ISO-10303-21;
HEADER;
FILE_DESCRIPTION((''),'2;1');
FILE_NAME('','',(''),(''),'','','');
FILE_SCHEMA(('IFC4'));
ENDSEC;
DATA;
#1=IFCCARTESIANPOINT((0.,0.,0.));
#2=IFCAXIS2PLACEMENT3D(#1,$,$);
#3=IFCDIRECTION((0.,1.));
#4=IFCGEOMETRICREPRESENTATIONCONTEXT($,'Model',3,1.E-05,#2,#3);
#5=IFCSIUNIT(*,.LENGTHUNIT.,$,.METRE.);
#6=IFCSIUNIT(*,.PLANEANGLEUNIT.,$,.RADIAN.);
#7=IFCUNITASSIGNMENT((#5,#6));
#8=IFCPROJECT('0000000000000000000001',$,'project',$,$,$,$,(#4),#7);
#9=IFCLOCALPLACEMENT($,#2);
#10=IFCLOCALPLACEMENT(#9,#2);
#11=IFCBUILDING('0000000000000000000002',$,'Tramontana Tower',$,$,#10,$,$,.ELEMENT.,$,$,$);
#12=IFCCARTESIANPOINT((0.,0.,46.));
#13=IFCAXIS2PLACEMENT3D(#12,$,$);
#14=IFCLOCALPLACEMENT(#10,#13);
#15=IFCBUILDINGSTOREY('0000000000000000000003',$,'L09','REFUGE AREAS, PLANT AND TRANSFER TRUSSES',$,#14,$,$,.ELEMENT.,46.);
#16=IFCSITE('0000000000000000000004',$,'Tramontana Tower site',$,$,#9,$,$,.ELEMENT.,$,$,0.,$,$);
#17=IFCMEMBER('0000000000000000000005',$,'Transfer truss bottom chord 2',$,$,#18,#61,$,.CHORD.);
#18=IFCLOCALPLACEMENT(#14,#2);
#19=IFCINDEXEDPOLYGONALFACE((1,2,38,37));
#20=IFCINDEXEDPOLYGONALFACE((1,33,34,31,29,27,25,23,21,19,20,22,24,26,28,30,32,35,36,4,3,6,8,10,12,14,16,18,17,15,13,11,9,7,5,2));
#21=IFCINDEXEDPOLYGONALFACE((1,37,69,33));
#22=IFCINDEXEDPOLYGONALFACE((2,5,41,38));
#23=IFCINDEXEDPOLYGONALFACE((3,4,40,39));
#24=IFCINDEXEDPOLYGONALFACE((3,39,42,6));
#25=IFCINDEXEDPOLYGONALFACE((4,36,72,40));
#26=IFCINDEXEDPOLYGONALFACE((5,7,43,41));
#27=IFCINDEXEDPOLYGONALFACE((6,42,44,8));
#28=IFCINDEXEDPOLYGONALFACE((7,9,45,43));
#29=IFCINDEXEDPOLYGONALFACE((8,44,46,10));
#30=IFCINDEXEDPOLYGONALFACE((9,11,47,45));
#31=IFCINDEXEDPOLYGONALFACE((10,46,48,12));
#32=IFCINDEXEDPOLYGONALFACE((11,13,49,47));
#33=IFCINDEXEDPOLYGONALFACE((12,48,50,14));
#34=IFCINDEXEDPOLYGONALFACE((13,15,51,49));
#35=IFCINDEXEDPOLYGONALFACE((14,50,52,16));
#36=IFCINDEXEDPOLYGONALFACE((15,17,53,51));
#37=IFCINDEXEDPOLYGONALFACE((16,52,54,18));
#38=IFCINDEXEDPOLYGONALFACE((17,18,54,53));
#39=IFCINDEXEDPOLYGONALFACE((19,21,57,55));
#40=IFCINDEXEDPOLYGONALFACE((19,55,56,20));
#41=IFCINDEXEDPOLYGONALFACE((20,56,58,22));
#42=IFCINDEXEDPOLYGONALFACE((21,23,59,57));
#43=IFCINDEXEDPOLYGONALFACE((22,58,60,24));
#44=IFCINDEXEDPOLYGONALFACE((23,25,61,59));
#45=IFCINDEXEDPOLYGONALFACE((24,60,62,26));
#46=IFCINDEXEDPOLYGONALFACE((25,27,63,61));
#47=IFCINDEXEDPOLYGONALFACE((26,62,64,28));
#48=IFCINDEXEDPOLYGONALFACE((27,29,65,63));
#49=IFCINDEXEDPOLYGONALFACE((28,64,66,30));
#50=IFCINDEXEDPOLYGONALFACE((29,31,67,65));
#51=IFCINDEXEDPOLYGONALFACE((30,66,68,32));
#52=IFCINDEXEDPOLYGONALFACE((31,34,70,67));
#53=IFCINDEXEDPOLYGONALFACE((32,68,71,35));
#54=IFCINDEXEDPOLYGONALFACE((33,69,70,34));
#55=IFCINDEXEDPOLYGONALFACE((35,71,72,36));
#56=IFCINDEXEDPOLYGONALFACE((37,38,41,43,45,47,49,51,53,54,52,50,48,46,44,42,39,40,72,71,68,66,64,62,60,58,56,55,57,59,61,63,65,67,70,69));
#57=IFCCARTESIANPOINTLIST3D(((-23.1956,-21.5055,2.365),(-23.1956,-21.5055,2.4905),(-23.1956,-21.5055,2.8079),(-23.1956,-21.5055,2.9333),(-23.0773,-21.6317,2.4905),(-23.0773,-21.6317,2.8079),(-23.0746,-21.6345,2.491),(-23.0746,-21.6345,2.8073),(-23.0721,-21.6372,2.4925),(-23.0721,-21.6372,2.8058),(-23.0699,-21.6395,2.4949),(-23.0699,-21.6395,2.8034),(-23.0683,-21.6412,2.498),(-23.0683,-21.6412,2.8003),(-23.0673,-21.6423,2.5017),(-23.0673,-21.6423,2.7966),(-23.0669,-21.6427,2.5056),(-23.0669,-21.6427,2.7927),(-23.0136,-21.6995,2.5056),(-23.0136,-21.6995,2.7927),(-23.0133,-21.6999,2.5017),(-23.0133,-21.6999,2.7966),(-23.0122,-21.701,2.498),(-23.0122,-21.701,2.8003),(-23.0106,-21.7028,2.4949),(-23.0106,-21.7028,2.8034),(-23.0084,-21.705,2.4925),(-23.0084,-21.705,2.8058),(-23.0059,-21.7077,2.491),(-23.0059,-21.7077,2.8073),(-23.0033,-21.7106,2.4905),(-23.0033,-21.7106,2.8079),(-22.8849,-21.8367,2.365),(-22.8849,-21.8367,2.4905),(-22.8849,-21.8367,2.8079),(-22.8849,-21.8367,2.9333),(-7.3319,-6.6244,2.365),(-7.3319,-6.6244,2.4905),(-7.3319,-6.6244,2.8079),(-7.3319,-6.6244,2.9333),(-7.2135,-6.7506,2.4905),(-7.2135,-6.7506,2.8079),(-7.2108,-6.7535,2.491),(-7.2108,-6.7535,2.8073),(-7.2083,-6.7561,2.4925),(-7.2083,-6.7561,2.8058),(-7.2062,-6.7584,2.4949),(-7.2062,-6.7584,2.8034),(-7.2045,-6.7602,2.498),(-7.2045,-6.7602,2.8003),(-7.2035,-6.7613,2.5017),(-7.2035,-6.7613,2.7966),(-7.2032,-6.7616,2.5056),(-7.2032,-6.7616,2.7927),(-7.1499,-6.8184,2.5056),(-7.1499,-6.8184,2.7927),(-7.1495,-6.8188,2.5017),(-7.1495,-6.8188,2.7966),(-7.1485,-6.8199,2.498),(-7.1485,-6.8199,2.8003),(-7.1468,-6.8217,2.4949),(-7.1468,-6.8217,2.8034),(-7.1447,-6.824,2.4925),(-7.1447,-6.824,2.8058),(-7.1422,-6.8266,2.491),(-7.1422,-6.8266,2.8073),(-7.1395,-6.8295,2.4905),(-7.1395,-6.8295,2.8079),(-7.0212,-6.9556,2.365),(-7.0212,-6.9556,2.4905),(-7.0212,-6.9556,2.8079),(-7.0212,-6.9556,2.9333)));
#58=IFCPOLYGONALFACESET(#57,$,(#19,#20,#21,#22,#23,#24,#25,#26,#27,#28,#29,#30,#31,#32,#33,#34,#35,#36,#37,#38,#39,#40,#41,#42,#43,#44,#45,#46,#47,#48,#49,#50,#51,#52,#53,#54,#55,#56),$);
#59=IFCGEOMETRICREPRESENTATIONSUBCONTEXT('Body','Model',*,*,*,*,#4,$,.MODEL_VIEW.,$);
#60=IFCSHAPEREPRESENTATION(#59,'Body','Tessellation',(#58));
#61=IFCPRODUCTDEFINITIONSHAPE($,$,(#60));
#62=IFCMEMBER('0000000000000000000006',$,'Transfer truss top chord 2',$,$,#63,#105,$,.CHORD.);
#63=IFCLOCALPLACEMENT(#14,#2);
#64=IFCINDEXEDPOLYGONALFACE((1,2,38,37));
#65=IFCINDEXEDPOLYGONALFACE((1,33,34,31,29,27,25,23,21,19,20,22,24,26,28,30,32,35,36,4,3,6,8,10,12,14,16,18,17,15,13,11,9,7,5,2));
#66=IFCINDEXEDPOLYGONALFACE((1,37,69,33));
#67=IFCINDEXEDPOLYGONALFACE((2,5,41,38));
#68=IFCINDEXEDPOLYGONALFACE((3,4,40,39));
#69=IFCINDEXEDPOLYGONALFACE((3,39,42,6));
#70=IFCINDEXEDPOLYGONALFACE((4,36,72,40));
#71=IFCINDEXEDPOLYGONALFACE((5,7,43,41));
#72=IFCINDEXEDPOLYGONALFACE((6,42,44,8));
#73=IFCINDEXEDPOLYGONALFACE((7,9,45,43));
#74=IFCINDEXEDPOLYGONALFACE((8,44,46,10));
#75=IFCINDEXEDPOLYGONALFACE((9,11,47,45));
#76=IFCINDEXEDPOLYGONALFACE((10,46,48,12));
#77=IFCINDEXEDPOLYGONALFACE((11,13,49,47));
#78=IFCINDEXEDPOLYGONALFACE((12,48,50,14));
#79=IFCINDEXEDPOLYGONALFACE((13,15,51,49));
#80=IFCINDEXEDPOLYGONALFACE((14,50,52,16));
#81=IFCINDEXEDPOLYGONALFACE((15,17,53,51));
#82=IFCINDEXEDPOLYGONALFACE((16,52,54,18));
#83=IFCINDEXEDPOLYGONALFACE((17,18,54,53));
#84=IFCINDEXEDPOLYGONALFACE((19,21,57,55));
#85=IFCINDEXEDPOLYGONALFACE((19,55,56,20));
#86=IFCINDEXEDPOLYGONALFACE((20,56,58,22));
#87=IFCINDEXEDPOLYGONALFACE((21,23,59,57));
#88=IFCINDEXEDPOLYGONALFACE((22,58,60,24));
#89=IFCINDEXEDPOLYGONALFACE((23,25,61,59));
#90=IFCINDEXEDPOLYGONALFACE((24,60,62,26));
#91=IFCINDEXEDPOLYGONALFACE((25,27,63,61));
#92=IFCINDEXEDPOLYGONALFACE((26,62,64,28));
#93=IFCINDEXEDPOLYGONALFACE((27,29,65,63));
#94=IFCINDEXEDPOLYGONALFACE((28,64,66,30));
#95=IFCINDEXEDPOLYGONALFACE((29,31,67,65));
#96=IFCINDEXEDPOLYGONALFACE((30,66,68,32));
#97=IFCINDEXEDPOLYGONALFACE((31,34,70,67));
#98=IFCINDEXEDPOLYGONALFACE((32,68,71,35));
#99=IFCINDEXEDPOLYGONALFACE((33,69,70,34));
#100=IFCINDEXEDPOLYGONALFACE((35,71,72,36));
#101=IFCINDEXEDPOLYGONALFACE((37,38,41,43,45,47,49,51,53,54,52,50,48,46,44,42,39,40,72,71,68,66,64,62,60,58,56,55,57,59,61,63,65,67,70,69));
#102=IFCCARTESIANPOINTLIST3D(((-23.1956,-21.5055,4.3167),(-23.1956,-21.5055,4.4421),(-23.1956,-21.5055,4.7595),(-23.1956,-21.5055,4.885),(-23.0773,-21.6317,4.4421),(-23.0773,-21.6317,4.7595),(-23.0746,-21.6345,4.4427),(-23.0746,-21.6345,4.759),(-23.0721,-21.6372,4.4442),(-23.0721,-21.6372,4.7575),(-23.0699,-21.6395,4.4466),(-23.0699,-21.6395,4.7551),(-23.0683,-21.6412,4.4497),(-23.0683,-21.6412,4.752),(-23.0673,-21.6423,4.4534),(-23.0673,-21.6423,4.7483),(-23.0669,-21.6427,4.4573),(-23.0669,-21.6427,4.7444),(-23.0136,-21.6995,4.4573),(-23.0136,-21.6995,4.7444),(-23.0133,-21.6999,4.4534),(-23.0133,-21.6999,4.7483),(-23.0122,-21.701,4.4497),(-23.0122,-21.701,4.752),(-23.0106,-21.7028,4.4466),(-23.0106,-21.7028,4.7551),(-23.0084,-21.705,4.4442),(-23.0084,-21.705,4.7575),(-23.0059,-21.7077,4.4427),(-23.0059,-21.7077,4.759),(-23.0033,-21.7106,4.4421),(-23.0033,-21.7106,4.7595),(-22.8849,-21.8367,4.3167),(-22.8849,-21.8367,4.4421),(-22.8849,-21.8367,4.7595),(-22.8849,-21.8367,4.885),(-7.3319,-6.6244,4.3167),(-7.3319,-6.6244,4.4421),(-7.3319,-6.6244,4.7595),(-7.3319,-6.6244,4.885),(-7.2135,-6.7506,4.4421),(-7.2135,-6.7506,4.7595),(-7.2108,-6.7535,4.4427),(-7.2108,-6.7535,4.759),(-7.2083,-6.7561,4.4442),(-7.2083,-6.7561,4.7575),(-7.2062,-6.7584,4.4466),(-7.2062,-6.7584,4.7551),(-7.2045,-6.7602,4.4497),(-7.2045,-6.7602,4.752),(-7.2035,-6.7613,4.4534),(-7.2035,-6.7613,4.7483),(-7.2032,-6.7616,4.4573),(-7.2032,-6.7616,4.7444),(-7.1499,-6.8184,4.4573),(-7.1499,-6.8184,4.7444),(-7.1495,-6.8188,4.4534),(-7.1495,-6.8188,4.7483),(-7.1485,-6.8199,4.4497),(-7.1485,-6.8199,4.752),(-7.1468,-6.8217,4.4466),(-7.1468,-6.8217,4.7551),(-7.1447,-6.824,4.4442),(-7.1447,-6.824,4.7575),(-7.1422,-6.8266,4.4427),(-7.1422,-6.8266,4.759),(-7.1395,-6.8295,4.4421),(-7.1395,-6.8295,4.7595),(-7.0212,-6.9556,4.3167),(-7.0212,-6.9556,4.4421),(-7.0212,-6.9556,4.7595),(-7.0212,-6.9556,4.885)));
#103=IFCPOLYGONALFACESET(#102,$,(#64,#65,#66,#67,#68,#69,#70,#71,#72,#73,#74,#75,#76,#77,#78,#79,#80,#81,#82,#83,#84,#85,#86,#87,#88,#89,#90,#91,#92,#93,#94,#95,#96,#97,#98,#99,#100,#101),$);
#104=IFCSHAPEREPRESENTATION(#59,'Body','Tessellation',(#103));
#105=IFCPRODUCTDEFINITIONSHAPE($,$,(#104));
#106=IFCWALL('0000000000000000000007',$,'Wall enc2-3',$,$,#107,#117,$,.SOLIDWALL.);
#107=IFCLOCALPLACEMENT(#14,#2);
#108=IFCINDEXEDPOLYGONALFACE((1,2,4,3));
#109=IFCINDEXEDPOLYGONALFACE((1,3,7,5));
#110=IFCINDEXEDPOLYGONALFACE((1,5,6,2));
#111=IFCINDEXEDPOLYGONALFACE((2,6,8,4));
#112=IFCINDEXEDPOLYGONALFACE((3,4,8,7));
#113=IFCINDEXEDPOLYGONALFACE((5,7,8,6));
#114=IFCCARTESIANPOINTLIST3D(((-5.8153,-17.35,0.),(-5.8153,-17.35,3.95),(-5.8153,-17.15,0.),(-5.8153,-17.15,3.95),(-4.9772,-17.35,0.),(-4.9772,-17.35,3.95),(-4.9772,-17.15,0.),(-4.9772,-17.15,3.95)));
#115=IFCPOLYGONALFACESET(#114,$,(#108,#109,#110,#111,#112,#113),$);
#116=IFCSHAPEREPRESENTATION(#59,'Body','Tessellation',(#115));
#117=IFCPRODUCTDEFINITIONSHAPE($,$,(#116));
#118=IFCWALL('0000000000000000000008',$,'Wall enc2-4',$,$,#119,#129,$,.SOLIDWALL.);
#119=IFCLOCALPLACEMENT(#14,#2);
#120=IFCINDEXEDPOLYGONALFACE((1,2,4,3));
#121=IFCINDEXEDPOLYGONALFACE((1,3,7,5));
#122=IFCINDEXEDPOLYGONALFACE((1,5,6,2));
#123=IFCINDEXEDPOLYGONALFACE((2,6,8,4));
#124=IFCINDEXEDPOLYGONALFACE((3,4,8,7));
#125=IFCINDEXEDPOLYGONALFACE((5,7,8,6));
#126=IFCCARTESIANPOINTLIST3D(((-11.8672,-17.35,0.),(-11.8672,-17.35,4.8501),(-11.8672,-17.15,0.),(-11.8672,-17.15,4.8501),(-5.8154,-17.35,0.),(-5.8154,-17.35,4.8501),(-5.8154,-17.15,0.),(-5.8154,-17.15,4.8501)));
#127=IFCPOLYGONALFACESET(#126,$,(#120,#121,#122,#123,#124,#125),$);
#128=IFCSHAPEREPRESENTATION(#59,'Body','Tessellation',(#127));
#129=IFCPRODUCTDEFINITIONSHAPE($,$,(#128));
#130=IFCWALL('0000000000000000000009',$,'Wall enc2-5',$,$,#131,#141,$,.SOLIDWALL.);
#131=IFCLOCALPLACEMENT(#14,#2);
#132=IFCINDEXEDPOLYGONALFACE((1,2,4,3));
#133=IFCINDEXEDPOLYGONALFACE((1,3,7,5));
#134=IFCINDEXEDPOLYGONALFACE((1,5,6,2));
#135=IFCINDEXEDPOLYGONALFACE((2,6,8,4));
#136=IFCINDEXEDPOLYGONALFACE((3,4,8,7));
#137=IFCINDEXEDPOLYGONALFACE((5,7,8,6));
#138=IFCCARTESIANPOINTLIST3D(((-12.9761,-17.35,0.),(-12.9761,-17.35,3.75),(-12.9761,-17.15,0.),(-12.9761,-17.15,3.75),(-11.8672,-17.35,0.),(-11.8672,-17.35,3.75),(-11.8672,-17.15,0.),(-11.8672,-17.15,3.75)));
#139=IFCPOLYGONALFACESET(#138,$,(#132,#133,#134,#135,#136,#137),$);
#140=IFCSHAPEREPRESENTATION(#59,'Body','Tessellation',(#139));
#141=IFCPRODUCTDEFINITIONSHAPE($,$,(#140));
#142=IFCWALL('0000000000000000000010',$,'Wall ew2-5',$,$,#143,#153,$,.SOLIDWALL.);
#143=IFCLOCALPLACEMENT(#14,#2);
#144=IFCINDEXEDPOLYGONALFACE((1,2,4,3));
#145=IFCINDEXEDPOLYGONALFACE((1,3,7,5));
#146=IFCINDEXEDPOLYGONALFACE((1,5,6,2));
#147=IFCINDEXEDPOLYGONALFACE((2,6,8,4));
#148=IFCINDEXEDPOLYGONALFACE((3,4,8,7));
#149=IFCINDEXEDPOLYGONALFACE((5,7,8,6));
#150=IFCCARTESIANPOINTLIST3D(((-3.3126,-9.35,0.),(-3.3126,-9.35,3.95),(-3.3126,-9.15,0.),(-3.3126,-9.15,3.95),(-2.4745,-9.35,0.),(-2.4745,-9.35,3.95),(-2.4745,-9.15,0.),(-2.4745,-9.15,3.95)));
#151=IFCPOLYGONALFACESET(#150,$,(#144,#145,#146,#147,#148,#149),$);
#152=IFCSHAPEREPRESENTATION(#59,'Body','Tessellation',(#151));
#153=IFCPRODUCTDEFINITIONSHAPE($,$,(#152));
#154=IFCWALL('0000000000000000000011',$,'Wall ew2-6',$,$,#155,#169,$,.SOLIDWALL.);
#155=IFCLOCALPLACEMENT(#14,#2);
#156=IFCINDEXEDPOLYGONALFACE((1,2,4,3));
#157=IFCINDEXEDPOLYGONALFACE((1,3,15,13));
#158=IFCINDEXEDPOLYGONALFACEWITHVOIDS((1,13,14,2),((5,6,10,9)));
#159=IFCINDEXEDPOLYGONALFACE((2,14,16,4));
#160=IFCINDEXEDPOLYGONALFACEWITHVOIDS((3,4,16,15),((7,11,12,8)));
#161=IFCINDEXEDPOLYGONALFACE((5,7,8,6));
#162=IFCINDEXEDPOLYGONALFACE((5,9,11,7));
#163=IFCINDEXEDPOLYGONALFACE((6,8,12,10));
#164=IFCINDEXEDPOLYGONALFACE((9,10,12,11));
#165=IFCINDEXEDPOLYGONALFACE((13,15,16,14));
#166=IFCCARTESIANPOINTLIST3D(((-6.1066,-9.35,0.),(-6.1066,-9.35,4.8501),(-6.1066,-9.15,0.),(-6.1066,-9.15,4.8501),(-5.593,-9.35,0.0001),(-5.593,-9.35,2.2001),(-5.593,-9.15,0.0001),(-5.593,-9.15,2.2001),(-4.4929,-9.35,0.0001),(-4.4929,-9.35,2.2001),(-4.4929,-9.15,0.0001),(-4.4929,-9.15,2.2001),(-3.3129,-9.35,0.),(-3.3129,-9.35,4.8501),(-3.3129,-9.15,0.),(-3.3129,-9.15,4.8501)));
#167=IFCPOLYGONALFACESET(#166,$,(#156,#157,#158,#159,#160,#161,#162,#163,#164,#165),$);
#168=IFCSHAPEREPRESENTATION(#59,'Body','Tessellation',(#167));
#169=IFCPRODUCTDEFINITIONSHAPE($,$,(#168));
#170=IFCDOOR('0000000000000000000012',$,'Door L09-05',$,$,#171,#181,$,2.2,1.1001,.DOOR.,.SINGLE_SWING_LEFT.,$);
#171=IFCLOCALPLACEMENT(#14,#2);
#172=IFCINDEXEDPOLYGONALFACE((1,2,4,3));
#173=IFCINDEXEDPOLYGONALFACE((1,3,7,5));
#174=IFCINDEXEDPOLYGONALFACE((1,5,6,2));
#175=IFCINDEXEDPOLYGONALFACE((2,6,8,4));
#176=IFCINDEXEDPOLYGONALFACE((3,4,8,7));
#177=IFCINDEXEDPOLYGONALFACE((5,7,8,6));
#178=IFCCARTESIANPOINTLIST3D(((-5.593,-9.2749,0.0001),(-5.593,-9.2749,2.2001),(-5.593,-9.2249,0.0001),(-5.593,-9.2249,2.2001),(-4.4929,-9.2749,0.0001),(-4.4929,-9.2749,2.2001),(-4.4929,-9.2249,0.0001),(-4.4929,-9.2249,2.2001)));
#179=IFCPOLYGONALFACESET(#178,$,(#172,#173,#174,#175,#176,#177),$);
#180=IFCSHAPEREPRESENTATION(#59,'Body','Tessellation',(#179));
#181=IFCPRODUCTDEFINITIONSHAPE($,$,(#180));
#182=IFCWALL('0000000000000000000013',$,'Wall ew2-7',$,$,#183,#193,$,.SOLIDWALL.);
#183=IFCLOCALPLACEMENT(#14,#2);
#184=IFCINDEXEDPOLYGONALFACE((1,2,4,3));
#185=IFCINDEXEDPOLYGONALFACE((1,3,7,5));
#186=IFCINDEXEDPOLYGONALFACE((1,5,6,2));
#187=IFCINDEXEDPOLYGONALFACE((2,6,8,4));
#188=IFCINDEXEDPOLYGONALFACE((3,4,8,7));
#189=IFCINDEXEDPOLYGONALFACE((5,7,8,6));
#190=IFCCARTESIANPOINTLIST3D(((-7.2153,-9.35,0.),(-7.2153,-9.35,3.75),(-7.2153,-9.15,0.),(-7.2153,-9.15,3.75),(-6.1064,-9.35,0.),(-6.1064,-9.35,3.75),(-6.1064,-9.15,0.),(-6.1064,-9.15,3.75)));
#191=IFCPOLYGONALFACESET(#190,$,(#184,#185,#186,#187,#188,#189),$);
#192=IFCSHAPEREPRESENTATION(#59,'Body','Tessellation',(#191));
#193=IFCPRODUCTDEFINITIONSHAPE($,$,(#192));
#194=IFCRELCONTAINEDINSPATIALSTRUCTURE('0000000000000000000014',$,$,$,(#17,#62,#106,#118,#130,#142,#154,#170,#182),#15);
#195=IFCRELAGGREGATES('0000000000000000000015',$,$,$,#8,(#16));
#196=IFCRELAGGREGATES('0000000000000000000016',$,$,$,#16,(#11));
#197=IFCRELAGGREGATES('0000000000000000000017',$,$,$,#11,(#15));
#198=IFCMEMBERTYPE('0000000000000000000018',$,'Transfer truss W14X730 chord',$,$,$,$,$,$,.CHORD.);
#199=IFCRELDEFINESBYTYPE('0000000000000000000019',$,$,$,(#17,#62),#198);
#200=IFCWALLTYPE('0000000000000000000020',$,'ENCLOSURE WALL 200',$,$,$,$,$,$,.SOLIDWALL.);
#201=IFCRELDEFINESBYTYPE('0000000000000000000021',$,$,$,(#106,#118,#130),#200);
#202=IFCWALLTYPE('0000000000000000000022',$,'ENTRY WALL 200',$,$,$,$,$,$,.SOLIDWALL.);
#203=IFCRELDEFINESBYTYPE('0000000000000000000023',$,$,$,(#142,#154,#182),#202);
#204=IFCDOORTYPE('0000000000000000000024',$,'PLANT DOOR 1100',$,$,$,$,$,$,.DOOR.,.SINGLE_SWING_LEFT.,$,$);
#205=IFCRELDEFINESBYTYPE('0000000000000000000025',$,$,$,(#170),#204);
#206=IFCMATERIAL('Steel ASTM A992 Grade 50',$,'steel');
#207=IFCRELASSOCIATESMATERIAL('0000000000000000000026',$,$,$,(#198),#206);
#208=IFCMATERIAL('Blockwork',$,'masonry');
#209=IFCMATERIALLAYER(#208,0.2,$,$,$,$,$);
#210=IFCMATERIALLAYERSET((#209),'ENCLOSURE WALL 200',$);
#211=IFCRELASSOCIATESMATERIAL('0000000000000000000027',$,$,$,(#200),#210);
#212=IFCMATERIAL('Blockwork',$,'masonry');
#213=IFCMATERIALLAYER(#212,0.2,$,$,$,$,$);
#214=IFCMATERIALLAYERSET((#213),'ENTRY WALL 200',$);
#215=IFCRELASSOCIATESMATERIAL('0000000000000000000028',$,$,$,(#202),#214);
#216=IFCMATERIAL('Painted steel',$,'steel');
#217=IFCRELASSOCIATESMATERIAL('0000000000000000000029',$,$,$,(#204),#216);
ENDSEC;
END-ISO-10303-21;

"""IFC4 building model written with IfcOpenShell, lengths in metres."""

from ifc_helpers import new_model, si_unit, direction, frame, frame_2d, origin, origin_2d, place, context, subcontext, project, spatial, rectangle, i_section, extrude, material, layer, layer_set, material_profile, profile_set, type_object, element, fill, save


model = new_model("IFC4")

# Units and contexts
model_context = context("Model", 3, precision=1e-05, world=origin(), true_north=direction((0.0, 1.0)))
body_context = subcontext(model_context, "Body", "Model", "MODEL_VIEW")
ifc_project = project(units=[si_unit("LENGTHUNIT", "METRE"), si_unit("PLANEANGLEUNIT", "RADIAN")], contexts=[model_context])

# Site, building, storey
site_placement = place(None, origin())
site = spatial("IfcSite", under=ifc_project, at=site_placement, Name="Tramontana Tower site", CompositionType="ELEMENT", RefElevation=0.0)
building_placement = place(site_placement, origin())
building = spatial("IfcBuilding", under=site, at=building_placement, Name="Tramontana Tower", CompositionType="ELEMENT")
storey_placement = place(building_placement, frame((0.0, 0.0, 46.0)))
storey = spatial("IfcBuildingStorey", under=building, at=storey_placement, Name="L09", Description="REFUGE AREAS, PLANT AND TRANSFER TRUSSES", CompositionType="ELEMENT", Elevation=46.0)

# Members
ifc_material_1 = material(Name="Steel ASTM A992 Grade 50", Category="steel")
ifc_material_profile_1 = material_profile(ifc_material_1, i_section(OverallWidth=0.4541, OverallDepth=0.5684, WebThickness=0.0779, FlangeThickness=0.1255, FilletRadius=0.0151, at=origin_2d()), Name="W14X730")
ifc_profile_set_1 = profile_set([ifc_material_profile_1], Name="Steel ASTM A992 Grade 50")
member_type_1 = type_object("IfcMemberType", Name="Transfer truss W14X730 chord", PredefinedType="CHORD", material=ifc_profile_set_1)
for number, where, z_axis, x_axis, name in (
    (1, (-7.1765, -6.79, 2.6492), (-0.729335, -0.684157, 0.0), (0.684157, -0.729335, 0.0), "Transfer truss bottom chord 2"),
    (2, (-7.1765, -6.79, 4.6008), (-0.729335, -0.684157, 0.0), (0.684157, -0.729335, 0.0), "Transfer truss top chord 2"),
):
    element("IfcMember", number, at=place(storey_placement, frame(where, z_axis=z_axis, x_axis=x_axis)), inside=storey, type_object=member_type_1, Name=name, PredefinedType="CHORD", context=body_context, shape_type="SweptSolid", body=[
        extrude(i_section(OverallWidth=0.4541, OverallDepth=0.5684, WebThickness=0.0779, FlangeThickness=0.1255, FilletRadius=0.0151, at=origin_2d()), origin(), (0.0, 0.0, 1.0), 21.751),
    ])

# Walls
ifc_material_2 = material(Name="Blockwork", Category="masonry")
ifc_layer_1 = layer(ifc_material_2, 0.2)
ifc_layer_set_1 = layer_set([ifc_layer_1], Name="ENCLOSURE WALL 200")
wall_type_1 = type_object("IfcWallType", Name="ENCLOSURE WALL 200", PredefinedType="SOLIDWALL", material=ifc_layer_set_1)
wall_1_placement = place(storey_placement, frame((-4.9773, -17.25, 0.0), z_axis=(0.0, 0.0, 1.0), x_axis=(-1.0, 0.0, 0.0)))
element("IfcWall", 3, at=wall_1_placement, inside=storey, type_object=wall_type_1, Name="Wall enc2-3", PredefinedType="SOLIDWALL", context=body_context, shape_type="SweptSolid", body=[
    extrude(rectangle(XDim=0.8381, YDim=0.2, at=frame_2d((0.4189, 0.0))), origin(), (0.0, 0.0, 1.0), 3.95),
])
wall_2_placement = place(storey_placement, frame((-5.8154, -17.25, 0.0), z_axis=(0.0, 0.0, 1.0), x_axis=(-1.0, 0.0, 0.0)))
element("IfcWall", 4, at=wall_2_placement, inside=storey, type_object=wall_type_1, Name="Wall enc2-4", PredefinedType="SOLIDWALL", context=body_context, shape_type="SweptSolid", body=[
    extrude(rectangle(XDim=6.0518, YDim=0.2, at=frame_2d((3.0259, 0.0))), origin(), (0.0, 0.0, 1.0), 4.8501),
])
wall_3_placement = place(storey_placement, frame((-11.8672, -17.25, 0.0), z_axis=(0.0, 0.0, 1.0), x_axis=(-1.0, 0.0, 0.0)))
element("IfcWall", 5, at=wall_3_placement, inside=storey, type_object=wall_type_1, Name="Wall enc2-5", PredefinedType="SOLIDWALL", context=body_context, shape_type="SweptSolid", body=[
    extrude(rectangle(XDim=1.1089, YDim=0.2, at=frame_2d((0.5544, 0.0))), origin(), (0.0, 0.0, 1.0), 3.75),
])
ifc_material_3 = material(Name="Blockwork", Category="masonry")
ifc_layer_2 = layer(ifc_material_3, 0.2)
ifc_layer_set_2 = layer_set([ifc_layer_2], Name="ENTRY WALL 200")
wall_type_2 = type_object("IfcWallType", Name="ENTRY WALL 200", PredefinedType="SOLIDWALL", material=ifc_layer_set_2)
wall_4_placement = place(storey_placement, frame((-2.4746, -9.25, 0.0), z_axis=(0.0, 0.0, 1.0), x_axis=(-1.0, 0.0, 0.0)))
element("IfcWall", 6, at=wall_4_placement, inside=storey, type_object=wall_type_2, Name="Wall ew2-5", PredefinedType="SOLIDWALL", context=body_context, shape_type="SweptSolid", body=[
    extrude(rectangle(XDim=0.8381, YDim=0.2, at=frame_2d((0.4189, 0.0))), origin(), (0.0, 0.0, 1.0), 3.95),
])

# Wall, opening, door
wall_5_placement = place(storey_placement, frame((-3.3127, -9.25, 0.0), z_axis=(0.0, 0.0, 1.0), x_axis=(-1.0, 0.0, 0.0)))
wall_5 = element("IfcWall", 7, at=wall_5_placement, inside=storey, type_object=wall_type_2, Name="Wall ew2-6", PredefinedType="SOLIDWALL", context=body_context, shape_type="SweptSolid", body=[
    extrude(rectangle(XDim=2.7937, YDim=0.2, at=frame_2d((1.397, 0.0))), origin(), (0.0, 0.0, 1.0), 4.8501),
])
opening_placement = place(wall_5_placement, frame((1.1802, 0.0, 0.0)))
opening = element("IfcOpeningElement", 8, at=opening_placement, cuts=wall_5, PredefinedType="OPENING", context=body_context, shape_type="SweptSolid", body=[
    extrude(rectangle(XDim=1.1001, YDim=2.2, at=frame_2d((0.55, 1.1001))), frame((0.0, 0.1099, 0.0), z_axis=(0.0, -1.0, 0.0), x_axis=(1.0, 0.0, 0.0)), (0.0, 0.0, 1.0), 0.22),
])
ifc_material_4 = material(Name="Painted steel", Category="steel")
door_type = type_object("IfcDoorType", Name="PLANT DOOR 1100", OperationType="SINGLE_SWING_LEFT", PredefinedType="DOOR", material=ifc_material_4)
door_placement = place(opening_placement, origin())
door = element("IfcDoor", 9, at=door_placement, inside=storey, type_object=door_type, Name="Door L09-05", OperationType="SINGLE_SWING_LEFT", OverallHeight=2.2, OverallWidth=1.1001, PredefinedType="DOOR", context=body_context, shape_type="SweptSolid", body=[
    extrude(rectangle(XDim=1.1001, YDim=2.2, at=frame_2d((0.55, 1.1001))), frame((0.0, 0.0249, 0.0), z_axis=(0.0, -1.0, 0.0), x_axis=(1.0, 0.0, 0.0)), (0.0, 0.0, 1.0), 0.05),
])
fill(opening, door)

# Wall
wall_6_placement = place(storey_placement, frame((-6.1064, -9.25, 0.0), z_axis=(0.0, 0.0, 1.0), x_axis=(-1.0, 0.0, 0.0)))
element("IfcWall", 10, at=wall_6_placement, inside=storey, type_object=wall_type_2, Name="Wall ew2-7", PredefinedType="SOLIDWALL", context=body_context, shape_type="SweptSolid", body=[
    extrude(rectangle(XDim=1.1089, YDim=0.2, at=frame_2d((0.5544, 0.0))), origin(), (0.0, 0.0, 1.0), 3.75),
])

save(model, "model.ifc")
